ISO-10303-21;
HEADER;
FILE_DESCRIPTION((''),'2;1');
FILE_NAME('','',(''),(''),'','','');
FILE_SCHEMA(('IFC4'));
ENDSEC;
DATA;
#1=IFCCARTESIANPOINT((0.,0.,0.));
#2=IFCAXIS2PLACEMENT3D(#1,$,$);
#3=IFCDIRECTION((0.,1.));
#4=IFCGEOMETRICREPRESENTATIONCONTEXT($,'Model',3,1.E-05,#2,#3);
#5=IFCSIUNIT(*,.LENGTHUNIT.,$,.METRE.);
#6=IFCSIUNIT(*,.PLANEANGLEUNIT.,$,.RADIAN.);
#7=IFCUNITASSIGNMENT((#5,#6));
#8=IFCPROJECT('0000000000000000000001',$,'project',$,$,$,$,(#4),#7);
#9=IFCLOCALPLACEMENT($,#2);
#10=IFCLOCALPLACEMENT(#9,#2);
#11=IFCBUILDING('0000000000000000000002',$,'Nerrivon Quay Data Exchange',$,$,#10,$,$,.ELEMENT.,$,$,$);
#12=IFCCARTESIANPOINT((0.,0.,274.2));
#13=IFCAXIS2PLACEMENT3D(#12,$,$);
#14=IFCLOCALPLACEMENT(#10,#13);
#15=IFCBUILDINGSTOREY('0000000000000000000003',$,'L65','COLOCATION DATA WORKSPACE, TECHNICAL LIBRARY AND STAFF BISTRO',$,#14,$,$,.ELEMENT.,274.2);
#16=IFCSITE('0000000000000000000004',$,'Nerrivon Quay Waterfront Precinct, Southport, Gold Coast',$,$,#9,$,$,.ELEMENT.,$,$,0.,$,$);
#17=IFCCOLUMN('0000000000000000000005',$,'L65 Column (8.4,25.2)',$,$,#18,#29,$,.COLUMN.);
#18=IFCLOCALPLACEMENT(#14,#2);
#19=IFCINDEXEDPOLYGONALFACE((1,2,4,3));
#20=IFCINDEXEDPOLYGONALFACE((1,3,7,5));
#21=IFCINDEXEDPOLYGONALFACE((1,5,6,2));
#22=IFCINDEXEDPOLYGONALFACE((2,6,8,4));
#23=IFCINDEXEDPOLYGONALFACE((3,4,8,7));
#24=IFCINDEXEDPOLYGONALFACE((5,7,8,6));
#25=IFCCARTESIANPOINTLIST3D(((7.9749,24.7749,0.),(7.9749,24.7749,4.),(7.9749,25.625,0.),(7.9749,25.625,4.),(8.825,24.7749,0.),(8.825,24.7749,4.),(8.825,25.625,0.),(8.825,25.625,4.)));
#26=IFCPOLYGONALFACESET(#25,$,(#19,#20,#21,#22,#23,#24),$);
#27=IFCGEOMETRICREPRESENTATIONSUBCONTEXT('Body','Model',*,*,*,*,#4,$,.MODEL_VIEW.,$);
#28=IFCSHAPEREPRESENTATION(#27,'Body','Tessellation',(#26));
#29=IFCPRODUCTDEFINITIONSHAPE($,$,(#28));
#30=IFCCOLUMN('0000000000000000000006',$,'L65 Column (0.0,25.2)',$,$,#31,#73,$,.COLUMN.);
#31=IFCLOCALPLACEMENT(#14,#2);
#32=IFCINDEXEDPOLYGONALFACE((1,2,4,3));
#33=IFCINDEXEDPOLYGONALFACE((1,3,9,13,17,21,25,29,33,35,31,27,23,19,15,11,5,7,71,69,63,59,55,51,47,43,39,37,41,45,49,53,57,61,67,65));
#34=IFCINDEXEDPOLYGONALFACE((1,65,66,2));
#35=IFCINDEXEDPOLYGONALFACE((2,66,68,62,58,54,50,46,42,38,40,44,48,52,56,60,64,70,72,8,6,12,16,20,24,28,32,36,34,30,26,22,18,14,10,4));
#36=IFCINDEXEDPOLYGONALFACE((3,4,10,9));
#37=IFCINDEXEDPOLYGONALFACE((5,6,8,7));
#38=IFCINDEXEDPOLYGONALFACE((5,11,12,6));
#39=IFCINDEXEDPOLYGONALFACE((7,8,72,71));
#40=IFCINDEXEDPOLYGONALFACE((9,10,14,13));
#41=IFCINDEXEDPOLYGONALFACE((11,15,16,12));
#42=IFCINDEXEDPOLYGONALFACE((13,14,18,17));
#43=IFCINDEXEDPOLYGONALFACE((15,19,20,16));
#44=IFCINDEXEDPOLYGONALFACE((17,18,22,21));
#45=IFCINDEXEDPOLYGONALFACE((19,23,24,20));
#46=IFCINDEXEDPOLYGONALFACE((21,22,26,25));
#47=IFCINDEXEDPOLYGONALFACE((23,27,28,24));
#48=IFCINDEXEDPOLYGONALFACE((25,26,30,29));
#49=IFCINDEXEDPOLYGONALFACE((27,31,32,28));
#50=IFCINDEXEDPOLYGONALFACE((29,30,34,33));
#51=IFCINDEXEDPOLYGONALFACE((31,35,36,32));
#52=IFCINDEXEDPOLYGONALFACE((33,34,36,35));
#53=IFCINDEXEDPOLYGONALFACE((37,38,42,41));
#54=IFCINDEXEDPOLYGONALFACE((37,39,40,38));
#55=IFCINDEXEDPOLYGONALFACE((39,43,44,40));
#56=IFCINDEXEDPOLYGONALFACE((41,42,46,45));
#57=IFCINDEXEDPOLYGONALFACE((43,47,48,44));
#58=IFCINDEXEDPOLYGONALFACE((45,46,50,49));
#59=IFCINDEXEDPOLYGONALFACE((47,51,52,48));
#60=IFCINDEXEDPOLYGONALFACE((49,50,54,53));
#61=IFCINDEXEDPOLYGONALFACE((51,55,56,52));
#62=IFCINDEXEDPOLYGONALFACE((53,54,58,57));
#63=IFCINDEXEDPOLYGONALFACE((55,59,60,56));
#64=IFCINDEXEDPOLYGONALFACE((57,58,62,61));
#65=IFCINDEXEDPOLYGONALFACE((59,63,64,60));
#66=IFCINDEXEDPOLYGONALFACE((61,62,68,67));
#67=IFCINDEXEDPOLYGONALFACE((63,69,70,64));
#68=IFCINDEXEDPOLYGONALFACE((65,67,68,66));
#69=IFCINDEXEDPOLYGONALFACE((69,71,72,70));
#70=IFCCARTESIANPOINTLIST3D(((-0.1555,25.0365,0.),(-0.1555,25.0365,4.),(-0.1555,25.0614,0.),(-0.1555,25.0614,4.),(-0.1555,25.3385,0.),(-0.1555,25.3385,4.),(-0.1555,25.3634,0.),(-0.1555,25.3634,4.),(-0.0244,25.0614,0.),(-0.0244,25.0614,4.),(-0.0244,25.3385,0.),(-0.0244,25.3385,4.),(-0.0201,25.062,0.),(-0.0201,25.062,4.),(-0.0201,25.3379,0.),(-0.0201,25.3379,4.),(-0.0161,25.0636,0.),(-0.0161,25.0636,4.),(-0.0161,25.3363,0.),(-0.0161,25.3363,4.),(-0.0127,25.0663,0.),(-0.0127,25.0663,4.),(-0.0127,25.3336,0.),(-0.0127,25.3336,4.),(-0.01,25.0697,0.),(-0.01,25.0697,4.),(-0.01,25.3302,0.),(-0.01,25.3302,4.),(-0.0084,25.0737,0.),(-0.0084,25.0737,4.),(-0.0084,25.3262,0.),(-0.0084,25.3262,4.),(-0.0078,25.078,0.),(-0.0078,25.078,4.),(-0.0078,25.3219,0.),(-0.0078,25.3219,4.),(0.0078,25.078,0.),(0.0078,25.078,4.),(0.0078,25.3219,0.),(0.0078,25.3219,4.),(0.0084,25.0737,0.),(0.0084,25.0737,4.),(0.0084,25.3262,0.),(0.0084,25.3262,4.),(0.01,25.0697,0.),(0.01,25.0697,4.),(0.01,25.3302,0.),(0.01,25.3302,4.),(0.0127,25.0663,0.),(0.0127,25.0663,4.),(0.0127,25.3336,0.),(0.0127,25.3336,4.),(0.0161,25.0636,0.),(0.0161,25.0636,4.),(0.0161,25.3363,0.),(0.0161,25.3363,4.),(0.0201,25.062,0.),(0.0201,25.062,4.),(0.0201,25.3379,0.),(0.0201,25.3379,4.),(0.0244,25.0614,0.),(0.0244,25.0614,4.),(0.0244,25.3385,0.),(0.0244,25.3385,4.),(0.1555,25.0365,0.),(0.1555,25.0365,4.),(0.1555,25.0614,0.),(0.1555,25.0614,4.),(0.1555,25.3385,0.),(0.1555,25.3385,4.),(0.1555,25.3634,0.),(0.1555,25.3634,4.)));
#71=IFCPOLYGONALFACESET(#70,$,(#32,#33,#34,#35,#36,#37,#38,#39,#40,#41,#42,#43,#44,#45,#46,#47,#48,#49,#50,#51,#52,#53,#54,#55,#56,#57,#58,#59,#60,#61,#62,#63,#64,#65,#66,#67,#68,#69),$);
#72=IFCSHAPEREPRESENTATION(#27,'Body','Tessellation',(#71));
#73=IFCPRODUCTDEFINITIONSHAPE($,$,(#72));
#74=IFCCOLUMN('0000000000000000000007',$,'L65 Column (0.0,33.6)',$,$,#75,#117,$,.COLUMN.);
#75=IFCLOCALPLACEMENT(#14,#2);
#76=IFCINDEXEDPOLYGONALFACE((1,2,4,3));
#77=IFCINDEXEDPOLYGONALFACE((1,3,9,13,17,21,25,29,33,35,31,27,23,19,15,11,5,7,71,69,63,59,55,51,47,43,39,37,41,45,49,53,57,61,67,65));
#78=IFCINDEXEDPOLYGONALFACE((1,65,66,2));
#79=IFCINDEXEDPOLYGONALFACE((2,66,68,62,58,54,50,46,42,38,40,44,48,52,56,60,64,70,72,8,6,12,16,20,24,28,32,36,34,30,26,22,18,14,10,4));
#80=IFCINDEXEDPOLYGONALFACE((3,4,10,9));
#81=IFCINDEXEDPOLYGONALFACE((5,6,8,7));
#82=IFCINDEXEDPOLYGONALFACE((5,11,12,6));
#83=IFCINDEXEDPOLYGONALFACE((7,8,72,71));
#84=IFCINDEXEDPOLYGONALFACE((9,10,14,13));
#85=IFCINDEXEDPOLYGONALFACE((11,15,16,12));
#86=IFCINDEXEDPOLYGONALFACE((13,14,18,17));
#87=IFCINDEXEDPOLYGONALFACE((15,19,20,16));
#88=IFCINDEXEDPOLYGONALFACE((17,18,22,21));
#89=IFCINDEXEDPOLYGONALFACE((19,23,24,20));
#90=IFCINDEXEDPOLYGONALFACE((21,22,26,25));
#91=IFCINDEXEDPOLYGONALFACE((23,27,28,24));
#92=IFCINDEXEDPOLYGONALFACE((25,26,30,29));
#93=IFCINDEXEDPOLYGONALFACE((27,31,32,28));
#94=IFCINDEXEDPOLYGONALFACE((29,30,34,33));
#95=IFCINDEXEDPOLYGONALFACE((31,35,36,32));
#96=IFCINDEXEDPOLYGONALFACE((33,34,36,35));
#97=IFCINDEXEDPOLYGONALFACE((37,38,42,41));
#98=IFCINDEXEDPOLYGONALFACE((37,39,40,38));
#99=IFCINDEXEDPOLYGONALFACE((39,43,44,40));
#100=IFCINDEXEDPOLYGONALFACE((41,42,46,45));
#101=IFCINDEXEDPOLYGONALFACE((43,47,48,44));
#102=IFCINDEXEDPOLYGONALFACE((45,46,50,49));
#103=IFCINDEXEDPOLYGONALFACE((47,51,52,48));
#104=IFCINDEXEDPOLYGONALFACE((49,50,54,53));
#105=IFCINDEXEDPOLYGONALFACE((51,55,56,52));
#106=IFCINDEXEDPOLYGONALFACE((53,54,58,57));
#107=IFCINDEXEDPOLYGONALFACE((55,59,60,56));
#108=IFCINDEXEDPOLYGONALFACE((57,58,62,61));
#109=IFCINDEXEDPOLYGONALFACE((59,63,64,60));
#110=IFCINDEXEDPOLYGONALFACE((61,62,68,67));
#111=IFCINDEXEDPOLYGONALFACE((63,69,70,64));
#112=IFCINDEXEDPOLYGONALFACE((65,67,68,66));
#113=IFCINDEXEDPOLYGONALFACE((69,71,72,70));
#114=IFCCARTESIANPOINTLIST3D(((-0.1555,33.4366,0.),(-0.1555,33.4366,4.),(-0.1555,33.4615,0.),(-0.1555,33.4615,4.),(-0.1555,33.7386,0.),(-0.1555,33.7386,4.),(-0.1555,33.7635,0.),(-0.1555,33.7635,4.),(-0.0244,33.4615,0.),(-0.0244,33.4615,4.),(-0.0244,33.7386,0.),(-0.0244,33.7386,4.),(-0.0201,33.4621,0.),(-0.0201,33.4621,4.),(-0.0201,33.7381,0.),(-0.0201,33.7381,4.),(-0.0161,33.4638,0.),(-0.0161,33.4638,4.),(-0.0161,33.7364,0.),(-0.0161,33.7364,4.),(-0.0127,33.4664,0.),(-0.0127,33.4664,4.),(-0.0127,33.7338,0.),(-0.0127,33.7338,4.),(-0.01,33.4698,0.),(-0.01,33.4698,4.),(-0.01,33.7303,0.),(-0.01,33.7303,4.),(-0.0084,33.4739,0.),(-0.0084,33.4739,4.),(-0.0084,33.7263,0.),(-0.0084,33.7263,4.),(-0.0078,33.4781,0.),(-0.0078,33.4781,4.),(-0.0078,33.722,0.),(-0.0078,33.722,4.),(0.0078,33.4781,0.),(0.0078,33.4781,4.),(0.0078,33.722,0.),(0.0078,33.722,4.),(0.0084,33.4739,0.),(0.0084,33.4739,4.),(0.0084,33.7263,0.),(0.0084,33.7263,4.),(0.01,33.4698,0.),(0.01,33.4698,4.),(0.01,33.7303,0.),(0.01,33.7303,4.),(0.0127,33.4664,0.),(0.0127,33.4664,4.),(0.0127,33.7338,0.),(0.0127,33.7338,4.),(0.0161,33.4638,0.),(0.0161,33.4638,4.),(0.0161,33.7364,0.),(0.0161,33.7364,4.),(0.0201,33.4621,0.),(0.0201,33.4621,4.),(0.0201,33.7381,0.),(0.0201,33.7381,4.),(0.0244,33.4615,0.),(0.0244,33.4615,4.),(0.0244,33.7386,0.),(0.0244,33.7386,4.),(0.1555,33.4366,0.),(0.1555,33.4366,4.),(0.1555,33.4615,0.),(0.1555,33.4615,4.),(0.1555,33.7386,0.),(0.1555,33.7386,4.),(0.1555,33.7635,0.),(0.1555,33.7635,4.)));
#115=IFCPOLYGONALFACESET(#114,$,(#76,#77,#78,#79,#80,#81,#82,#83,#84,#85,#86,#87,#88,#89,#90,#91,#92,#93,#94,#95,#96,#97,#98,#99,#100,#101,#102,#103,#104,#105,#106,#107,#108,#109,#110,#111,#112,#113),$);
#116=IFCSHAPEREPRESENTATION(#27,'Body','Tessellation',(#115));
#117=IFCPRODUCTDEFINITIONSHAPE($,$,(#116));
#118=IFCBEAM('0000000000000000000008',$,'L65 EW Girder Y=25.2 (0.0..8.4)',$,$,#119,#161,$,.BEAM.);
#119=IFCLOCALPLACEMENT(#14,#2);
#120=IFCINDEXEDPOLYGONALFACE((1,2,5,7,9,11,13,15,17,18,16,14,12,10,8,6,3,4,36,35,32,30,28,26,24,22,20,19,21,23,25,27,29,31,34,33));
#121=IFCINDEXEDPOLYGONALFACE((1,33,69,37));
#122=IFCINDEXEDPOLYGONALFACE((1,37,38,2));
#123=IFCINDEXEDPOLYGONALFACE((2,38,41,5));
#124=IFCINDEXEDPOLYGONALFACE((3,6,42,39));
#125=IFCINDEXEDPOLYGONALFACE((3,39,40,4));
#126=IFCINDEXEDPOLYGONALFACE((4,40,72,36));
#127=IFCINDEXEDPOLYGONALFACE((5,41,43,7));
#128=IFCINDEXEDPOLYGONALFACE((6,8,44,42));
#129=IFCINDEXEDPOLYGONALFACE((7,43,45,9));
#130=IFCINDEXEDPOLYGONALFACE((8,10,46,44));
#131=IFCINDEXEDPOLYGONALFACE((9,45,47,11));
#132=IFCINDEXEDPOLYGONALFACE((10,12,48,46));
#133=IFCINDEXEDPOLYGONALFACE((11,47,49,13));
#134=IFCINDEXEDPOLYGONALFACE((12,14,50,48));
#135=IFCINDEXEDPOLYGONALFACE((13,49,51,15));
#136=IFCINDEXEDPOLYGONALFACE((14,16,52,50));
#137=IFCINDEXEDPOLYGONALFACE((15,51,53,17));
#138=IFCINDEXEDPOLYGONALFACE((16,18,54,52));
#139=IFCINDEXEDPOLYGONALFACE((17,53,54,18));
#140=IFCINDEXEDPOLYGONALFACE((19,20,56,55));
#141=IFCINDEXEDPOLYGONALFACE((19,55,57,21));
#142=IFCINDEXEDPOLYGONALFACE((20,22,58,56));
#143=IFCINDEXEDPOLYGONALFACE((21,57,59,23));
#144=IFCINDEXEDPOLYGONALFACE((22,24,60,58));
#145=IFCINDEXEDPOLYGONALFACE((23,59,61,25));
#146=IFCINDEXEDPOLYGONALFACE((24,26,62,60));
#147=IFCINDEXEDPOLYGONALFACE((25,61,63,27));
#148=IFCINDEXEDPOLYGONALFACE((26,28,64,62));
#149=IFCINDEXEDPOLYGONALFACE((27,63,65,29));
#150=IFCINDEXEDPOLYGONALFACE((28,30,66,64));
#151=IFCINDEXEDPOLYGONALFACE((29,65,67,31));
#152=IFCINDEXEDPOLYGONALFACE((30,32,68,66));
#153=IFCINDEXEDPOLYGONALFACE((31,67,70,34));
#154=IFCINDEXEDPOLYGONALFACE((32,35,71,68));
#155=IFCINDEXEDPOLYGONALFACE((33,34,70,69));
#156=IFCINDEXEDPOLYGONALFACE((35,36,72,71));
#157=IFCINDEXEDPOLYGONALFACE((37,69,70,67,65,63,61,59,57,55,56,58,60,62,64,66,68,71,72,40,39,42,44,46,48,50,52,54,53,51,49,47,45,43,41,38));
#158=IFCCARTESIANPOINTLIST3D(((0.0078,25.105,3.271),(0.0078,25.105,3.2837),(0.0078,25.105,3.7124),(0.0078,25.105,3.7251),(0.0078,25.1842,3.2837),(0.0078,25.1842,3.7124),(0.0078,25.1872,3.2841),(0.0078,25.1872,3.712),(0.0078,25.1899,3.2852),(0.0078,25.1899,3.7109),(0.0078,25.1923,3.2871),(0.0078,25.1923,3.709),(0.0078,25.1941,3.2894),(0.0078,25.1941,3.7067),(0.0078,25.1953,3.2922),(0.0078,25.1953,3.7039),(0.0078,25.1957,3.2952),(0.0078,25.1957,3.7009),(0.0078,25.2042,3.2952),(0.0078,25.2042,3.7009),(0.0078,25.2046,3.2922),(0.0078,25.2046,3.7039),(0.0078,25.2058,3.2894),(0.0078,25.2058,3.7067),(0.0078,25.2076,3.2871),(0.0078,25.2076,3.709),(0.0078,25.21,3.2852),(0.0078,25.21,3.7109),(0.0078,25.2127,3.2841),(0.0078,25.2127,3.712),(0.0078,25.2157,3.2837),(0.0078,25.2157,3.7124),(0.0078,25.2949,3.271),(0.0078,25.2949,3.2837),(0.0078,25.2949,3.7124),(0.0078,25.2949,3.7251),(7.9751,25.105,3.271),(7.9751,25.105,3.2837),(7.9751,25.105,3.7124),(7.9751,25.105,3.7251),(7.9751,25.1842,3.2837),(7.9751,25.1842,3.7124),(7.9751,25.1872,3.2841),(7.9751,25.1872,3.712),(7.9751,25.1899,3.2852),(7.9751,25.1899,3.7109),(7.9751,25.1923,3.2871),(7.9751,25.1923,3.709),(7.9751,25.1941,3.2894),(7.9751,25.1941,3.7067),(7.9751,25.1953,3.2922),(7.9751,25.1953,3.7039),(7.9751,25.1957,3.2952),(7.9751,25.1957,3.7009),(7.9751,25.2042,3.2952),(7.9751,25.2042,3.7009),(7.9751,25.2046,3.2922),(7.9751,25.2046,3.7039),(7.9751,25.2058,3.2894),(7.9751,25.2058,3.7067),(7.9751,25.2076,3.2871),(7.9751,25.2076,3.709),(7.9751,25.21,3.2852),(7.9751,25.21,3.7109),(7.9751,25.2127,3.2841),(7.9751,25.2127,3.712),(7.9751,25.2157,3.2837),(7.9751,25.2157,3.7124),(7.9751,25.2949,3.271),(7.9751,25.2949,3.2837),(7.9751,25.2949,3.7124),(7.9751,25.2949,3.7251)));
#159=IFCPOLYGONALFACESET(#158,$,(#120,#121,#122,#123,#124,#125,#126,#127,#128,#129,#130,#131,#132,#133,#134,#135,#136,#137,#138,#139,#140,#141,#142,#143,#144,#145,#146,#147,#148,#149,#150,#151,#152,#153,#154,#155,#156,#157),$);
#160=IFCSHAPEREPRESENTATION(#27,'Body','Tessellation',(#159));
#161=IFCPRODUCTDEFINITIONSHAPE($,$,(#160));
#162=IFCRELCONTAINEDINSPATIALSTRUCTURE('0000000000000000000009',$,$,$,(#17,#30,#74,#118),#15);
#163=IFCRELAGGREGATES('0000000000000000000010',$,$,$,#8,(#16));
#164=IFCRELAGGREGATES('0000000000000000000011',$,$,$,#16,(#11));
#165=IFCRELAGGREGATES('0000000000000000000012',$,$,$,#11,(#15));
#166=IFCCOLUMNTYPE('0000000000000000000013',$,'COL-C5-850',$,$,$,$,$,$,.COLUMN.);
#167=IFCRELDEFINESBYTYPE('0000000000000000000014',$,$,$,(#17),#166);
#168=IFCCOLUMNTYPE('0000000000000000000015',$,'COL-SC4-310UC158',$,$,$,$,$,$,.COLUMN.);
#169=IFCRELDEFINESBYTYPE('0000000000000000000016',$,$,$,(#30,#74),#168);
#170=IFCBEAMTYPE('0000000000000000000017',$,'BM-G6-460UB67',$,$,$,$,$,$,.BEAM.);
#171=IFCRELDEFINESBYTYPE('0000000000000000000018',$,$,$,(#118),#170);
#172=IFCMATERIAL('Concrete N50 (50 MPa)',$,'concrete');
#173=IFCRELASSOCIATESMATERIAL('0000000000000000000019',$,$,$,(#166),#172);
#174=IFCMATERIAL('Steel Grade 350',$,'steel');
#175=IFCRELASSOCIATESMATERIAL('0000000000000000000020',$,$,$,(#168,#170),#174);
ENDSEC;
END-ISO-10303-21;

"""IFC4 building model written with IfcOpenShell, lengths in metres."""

from ifc_helpers import new_model, si_unit, direction, frame, origin, origin_2d, place, context, subcontext, project, spatial, rectangle, i_section, extrude, material, material_profile, profile_set, type_object, element, save


model = new_model("IFC4")

# Units and contexts
model_context = context("Model", 3, precision=1e-05, world=origin(), true_north=direction((0.0, 1.0)))
body_context = subcontext(model_context, "Body", "Model", "MODEL_VIEW")
ifc_project = project(units=[si_unit("LENGTHUNIT", "METRE"), si_unit("PLANEANGLEUNIT", "RADIAN")], contexts=[model_context])

# Site, building, storey
site_placement = place(None, origin())
site = spatial("IfcSite", under=ifc_project, at=site_placement, Name="Nerrivon Quay Waterfront Precinct, Southport, Gold Coast", CompositionType="ELEMENT", RefElevation=0.0)
building_placement = place(site_placement, origin())
building = spatial("IfcBuilding", under=site, at=building_placement, Name="Nerrivon Quay Data Exchange", CompositionType="ELEMENT")
storey_placement = place(building_placement, frame((0.0, 0.0, 274.2)))
storey = spatial("IfcBuildingStorey", under=building, at=storey_placement, Name="L65", Description="COLOCATION DATA WORKSPACE, TECHNICAL LIBRARY AND STAFF BISTRO", CompositionType="ELEMENT", Elevation=274.2)

# Columns
ifc_material_1 = material(Name="Concrete N50 (50 MPa)", Category="concrete")
ifc_material_profile_1 = material_profile(ifc_material_1, rectangle(XDim=0.8501, YDim=0.8501, at=origin_2d()), Name="RC-COL-850x850")
ifc_profile_set_1 = profile_set([ifc_material_profile_1], Name="Concrete N50 (50 MPa)")
column_type_1 = type_object("IfcColumnType", Name="COL-C5-850", PredefinedType="COLUMN", material=ifc_profile_set_1)
column_placement = place(storey_placement, frame((8.3999, 25.2, 0.0), z_axis=(0.0, 0.0, 1.0), x_axis=(1.0, 0.0, 0.0)))
element("IfcColumn", 1, at=column_placement, inside=storey, type_object=column_type_1, Name="L65 Column (8.4,25.2)", PredefinedType="COLUMN", context=body_context, shape_type="SweptSolid", body=[
    extrude(rectangle(XDim=0.8501, YDim=0.8501, at=origin_2d()), origin(), (0.0, 0.0, 1.0), 4.0),
])
ifc_material_2 = material(Name="Steel Grade 350", Category="steel")
ifc_material_profile_2 = material_profile(ifc_material_2, i_section(OverallWidth=0.311, OverallDepth=0.3269, WebThickness=0.0156, FlangeThickness=0.0249, FilletRadius=0.0166, at=origin_2d()), Name="310UC158")
ifc_profile_set_2 = profile_set([ifc_material_profile_2], Name="Steel Grade 350")
column_type_2 = type_object("IfcColumnType", Name="COL-SC4-310UC158", PredefinedType="COLUMN", material=ifc_profile_set_2)
for number, where, z_axis, x_axis, name in (
    (2, (0.0, 25.2, 0.0), (0.0, 0.0, 1.0), (1.0, 0.0, 0.0), "L65 Column (0.0,25.2)"),
    (3, (0.0, 33.6001, 0.0), (0.0, 0.0, 1.0), (1.0, 0.0, 0.0), "L65 Column (0.0,33.6)"),
):
    element("IfcColumn", number, at=place(storey_placement, frame(where, z_axis=z_axis, x_axis=x_axis)), inside=storey, type_object=column_type_2, Name=name, PredefinedType="COLUMN", context=body_context, shape_type="SweptSolid", body=[
        extrude(i_section(OverallWidth=0.311, OverallDepth=0.3269, WebThickness=0.0156, FlangeThickness=0.0249, FilletRadius=0.0166, at=origin_2d()), origin(), (0.0, 0.0, 1.0), 4.0),
    ])

# Beam
ifc_material_profile_3 = material_profile(ifc_material_2, i_section(OverallWidth=0.1899, OverallDepth=0.4541, WebThickness=0.0085, FlangeThickness=0.0127, FilletRadius=0.0115, at=origin_2d()), Name="460UB67.1")
ifc_profile_set_3 = profile_set([ifc_material_profile_3], Name="Steel Grade 350")
beam_type_1 = type_object("IfcBeamType", Name="BM-G6-460UB67", PredefinedType="BEAM", material=ifc_profile_set_3)
for number, where, z_axis, x_axis, name in (
    (4, (0.0078, 25.2, 3.498), (1.0, 0.0, 0.0), (0.0, 1.0, 0.0), "L65 EW Girder Y=25.2 (0.0..8.4)"),
):
    element("IfcBeam", number, at=place(storey_placement, frame(where, z_axis=z_axis, x_axis=x_axis)), inside=storey, type_object=beam_type_1, Name=name, PredefinedType="BEAM", context=body_context, shape_type="SweptSolid", body=[
        extrude(i_section(OverallWidth=0.1899, OverallDepth=0.4541, WebThickness=0.0085, FlangeThickness=0.0127, FilletRadius=0.0115, at=origin_2d()), origin(), (0.0, 0.0, 1.0), 7.9673),
    ])

save(model, "model.ifc")
